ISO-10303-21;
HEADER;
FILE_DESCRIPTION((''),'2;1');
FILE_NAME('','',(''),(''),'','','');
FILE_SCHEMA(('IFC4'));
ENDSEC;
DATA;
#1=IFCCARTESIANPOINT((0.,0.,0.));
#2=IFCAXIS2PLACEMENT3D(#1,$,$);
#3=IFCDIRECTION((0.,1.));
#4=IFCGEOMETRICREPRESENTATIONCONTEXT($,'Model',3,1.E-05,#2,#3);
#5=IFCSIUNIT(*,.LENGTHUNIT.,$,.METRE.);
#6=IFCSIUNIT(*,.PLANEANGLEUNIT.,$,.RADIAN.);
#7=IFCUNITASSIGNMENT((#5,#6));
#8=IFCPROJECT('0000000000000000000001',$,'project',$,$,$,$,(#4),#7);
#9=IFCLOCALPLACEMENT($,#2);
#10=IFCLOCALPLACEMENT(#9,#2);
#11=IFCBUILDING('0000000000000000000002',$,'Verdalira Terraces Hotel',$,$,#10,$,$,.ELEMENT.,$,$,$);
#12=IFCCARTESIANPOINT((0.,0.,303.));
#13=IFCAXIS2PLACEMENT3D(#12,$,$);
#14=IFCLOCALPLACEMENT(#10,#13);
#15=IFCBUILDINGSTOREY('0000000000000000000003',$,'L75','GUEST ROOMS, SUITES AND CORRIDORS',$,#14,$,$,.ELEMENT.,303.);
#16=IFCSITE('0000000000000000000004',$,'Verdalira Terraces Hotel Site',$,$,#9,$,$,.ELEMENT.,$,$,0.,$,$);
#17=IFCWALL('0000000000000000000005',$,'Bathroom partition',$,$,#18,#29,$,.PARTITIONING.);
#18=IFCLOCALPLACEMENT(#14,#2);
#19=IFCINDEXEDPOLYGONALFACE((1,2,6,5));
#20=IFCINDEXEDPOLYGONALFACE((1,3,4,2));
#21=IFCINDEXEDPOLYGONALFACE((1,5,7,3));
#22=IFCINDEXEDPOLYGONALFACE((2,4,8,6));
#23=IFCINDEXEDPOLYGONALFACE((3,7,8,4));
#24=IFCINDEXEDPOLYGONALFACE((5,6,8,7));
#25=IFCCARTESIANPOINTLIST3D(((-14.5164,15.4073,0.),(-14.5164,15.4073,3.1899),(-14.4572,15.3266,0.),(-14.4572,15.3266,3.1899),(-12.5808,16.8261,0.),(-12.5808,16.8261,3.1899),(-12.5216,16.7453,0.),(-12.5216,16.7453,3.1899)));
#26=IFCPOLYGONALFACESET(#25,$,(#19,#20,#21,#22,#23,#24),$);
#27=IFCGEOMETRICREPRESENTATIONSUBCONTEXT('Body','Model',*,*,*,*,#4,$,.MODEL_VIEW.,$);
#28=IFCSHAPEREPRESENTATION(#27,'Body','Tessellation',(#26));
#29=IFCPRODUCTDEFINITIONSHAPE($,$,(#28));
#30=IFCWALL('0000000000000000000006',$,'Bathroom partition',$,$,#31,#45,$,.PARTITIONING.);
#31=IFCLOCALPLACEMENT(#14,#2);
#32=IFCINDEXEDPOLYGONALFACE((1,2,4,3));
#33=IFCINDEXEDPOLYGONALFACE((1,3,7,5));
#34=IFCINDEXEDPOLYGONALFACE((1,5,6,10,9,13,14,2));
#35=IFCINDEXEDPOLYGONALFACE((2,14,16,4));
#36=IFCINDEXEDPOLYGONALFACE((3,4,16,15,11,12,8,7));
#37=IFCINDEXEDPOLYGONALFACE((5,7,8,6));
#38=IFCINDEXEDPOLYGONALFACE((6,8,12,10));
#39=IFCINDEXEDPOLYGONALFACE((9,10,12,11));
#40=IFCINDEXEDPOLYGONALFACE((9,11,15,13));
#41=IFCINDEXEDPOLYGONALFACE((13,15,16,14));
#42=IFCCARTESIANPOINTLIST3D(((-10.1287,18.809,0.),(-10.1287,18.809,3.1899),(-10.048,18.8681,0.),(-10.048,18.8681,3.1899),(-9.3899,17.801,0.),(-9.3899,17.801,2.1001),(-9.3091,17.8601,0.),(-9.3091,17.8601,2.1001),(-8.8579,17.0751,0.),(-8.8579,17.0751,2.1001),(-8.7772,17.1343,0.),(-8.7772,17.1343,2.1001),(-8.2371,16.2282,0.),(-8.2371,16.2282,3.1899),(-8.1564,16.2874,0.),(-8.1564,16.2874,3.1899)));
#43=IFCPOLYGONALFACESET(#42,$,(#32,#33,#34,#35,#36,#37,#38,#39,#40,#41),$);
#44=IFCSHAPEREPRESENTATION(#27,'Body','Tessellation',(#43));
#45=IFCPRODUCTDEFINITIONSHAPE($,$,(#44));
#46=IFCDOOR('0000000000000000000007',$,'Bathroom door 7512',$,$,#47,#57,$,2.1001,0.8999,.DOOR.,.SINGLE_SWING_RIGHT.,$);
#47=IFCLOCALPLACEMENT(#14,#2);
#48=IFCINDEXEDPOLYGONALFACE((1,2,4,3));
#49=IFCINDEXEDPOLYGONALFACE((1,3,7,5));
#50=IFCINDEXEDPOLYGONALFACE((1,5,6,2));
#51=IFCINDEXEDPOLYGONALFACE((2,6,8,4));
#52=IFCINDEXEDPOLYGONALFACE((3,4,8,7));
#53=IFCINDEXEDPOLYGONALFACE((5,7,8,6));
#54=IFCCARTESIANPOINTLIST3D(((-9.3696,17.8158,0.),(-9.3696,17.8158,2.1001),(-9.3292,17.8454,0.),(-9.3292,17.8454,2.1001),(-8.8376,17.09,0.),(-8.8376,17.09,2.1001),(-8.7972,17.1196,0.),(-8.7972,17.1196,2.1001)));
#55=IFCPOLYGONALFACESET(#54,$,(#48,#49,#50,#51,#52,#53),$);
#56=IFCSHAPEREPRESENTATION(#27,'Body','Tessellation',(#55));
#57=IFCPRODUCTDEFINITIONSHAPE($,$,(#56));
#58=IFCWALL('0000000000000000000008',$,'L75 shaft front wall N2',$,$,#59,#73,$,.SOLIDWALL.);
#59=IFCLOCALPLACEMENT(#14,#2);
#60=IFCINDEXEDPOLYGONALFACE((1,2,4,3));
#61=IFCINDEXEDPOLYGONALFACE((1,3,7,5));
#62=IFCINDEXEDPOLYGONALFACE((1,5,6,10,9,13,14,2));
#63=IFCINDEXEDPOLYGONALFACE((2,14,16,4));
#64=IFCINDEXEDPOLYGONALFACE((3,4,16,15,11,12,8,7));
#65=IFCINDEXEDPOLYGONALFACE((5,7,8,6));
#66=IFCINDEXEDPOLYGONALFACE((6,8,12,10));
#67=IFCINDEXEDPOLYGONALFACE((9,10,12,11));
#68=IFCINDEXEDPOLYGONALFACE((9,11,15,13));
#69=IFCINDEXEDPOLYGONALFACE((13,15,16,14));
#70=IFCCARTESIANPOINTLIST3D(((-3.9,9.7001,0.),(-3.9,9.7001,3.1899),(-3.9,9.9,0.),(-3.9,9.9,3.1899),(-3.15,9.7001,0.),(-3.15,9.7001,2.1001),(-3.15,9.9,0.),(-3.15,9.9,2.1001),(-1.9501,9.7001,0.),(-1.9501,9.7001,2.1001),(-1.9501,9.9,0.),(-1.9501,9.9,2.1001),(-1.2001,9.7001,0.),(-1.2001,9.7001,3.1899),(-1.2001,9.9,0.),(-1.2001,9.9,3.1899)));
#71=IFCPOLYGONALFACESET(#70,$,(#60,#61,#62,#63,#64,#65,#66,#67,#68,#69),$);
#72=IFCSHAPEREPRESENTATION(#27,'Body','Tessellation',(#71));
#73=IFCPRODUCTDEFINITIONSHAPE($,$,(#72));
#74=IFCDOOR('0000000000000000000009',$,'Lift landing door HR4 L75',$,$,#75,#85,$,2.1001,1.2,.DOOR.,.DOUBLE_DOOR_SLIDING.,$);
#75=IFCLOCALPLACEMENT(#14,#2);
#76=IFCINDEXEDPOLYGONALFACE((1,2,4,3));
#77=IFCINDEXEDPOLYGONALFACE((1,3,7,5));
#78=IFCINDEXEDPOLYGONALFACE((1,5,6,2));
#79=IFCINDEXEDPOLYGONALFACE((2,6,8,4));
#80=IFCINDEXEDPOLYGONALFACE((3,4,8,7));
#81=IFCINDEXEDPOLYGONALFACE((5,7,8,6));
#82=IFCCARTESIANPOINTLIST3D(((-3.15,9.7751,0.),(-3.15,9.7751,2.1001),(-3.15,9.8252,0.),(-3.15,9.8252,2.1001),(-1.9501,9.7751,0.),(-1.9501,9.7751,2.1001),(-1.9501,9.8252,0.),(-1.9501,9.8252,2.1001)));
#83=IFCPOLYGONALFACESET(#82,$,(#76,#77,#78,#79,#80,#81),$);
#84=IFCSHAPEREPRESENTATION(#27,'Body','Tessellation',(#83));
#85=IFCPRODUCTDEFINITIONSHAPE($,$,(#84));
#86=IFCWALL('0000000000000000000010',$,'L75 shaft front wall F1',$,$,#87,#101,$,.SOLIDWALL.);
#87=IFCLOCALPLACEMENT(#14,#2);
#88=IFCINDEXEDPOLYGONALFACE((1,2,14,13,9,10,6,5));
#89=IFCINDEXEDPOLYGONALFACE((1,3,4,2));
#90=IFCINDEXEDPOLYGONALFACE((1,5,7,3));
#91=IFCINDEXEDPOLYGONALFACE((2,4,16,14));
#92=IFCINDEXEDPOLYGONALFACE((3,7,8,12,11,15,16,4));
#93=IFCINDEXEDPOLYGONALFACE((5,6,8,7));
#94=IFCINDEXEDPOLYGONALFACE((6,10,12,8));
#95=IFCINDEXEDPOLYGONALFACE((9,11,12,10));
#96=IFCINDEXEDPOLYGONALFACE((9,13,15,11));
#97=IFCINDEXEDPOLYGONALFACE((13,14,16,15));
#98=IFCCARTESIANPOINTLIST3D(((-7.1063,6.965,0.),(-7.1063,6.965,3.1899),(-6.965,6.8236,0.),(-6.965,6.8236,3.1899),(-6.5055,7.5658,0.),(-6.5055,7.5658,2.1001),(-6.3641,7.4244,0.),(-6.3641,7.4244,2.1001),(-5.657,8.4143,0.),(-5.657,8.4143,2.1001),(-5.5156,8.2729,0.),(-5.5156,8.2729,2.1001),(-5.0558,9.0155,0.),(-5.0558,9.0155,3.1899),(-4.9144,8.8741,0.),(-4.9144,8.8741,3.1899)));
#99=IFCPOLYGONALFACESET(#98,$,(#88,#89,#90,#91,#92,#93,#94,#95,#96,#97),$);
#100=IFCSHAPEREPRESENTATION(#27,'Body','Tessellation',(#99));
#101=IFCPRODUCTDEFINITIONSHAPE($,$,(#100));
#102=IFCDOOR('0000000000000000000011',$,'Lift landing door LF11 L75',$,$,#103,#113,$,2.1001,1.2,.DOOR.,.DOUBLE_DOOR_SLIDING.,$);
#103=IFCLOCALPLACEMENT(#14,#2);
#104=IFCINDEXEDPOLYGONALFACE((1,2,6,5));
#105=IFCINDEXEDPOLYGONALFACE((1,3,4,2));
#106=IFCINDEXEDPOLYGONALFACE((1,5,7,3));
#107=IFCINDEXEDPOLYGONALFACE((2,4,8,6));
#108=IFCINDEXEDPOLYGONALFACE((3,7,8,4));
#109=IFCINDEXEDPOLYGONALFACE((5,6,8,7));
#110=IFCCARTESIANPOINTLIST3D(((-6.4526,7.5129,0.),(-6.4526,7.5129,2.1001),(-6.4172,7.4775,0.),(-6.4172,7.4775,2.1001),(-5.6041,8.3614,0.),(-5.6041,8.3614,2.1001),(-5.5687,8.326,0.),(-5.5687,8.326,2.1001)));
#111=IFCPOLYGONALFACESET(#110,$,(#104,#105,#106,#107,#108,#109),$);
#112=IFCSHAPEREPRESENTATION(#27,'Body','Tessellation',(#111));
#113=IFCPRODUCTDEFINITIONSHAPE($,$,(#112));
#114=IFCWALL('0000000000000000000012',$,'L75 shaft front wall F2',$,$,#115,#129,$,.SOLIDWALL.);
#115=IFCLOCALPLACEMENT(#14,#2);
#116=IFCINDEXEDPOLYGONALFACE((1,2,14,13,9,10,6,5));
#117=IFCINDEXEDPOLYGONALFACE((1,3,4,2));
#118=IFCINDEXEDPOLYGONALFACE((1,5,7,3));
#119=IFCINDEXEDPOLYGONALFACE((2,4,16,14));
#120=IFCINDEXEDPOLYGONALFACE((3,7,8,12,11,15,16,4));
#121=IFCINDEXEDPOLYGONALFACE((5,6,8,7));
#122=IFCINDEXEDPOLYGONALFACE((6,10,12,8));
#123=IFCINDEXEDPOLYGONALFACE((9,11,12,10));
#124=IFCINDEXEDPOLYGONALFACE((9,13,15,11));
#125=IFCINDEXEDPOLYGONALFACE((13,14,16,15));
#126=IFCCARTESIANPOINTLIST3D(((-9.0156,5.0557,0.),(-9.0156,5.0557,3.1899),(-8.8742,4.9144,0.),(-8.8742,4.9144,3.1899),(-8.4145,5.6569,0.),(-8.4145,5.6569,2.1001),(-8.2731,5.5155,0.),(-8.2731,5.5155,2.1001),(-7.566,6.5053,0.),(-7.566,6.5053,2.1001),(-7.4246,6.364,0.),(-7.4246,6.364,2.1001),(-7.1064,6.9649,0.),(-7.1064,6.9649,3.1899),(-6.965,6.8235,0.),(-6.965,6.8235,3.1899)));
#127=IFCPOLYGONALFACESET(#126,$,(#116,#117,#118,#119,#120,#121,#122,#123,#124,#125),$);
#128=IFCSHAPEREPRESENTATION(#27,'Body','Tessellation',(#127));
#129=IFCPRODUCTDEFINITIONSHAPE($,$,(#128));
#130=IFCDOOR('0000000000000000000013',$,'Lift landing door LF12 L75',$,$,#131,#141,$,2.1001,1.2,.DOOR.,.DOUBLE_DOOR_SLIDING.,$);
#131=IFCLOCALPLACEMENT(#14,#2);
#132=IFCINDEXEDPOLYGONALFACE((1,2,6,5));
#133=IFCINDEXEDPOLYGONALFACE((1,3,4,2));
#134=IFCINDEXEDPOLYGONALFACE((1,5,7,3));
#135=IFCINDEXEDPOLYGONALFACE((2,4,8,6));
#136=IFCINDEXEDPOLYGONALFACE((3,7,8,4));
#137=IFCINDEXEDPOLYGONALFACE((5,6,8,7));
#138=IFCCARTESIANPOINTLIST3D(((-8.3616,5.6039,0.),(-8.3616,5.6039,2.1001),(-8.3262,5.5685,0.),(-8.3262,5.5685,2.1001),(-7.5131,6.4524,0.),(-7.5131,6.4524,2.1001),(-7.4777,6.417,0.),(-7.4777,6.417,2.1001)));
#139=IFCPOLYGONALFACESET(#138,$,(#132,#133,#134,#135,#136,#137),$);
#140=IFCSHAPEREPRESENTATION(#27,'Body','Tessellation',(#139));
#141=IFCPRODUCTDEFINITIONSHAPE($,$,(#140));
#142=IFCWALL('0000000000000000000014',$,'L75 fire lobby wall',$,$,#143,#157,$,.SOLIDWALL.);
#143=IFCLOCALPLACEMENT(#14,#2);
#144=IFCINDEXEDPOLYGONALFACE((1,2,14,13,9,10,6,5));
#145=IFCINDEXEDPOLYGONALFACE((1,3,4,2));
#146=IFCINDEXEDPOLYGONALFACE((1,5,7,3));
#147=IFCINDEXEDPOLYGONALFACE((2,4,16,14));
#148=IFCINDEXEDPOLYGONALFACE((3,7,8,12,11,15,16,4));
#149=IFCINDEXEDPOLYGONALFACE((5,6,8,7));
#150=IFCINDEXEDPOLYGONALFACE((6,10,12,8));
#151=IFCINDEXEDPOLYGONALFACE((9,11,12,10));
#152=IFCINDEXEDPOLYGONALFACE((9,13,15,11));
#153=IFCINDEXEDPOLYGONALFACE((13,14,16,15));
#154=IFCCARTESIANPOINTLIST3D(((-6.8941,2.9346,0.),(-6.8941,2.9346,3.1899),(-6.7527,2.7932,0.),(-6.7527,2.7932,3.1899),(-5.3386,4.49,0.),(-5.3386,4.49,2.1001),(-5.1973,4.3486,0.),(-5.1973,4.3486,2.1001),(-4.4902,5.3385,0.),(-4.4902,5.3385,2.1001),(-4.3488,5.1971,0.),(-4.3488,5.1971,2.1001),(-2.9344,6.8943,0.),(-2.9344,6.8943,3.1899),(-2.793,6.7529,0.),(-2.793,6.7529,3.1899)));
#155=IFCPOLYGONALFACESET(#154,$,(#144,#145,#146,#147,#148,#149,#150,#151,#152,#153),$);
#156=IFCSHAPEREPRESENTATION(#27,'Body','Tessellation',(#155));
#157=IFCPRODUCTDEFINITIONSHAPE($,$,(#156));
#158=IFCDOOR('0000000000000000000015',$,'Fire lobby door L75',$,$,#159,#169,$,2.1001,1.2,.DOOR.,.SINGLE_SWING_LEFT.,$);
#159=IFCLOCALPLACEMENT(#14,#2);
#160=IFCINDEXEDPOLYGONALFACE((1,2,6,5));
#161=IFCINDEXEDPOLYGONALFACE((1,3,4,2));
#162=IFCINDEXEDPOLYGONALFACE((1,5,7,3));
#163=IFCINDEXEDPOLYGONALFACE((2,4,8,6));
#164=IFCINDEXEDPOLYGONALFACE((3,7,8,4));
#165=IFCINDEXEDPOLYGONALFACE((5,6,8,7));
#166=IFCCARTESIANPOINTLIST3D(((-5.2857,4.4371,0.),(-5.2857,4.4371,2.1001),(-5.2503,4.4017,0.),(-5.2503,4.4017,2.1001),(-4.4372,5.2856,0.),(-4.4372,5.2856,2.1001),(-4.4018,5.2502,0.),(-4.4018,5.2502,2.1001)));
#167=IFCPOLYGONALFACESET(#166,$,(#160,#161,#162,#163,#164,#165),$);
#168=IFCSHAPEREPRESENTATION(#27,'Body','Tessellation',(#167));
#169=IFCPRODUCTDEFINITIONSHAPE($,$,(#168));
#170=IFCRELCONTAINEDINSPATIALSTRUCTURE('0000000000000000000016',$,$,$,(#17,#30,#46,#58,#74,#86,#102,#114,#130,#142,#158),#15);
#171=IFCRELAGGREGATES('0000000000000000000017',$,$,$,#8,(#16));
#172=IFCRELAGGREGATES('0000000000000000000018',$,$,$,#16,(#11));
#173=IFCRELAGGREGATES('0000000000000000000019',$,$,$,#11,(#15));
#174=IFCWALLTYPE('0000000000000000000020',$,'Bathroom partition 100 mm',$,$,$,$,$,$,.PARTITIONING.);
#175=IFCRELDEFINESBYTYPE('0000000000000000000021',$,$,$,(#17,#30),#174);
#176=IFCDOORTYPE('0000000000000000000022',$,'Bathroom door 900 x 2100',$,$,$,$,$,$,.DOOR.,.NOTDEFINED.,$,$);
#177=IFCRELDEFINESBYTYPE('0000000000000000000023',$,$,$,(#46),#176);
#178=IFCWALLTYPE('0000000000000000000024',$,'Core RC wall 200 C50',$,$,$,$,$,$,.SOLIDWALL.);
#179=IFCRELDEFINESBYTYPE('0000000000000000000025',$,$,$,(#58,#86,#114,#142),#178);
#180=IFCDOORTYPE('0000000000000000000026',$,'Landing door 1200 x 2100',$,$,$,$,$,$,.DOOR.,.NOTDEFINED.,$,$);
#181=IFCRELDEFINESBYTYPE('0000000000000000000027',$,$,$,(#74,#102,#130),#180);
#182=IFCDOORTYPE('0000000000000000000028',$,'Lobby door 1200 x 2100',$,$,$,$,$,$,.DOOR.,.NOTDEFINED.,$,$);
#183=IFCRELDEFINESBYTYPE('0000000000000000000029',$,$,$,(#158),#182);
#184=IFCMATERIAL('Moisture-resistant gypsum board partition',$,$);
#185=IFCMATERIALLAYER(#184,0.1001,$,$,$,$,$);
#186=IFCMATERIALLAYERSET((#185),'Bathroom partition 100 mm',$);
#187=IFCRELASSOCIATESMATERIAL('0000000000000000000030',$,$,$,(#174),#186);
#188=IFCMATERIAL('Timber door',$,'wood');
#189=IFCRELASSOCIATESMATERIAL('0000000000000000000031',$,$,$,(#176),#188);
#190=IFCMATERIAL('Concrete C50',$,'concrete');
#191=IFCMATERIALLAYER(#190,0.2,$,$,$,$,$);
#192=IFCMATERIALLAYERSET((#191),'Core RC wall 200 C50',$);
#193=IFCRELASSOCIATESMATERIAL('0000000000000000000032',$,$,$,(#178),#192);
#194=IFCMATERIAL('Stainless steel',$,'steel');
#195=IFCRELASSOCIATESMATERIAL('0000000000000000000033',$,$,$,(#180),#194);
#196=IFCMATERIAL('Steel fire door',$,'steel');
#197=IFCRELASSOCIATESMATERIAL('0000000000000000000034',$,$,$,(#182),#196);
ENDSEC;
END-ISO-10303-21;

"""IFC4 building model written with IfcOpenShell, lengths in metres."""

from ifc_helpers import new_model, si_unit, direction, frame, frame_2d, origin, place, context, subcontext, project, spatial, rectangle, extrude, material, layer, layer_set, type_object, element, fill, save


model = new_model("IFC4")

# Units and contexts
model_context = context("Model", 3, precision=1e-05, world=origin(), true_north=direction((0.0, 1.0)))
body_context = subcontext(model_context, "Body", "Model", "MODEL_VIEW")
ifc_project = project(units=[si_unit("LENGTHUNIT", "METRE"), si_unit("PLANEANGLEUNIT", "RADIAN")], contexts=[model_context])

# Site, building, storey
site_placement = place(None, origin())
site = spatial("IfcSite", under=ifc_project, at=site_placement, Name="Verdalira Terraces Hotel Site", CompositionType="ELEMENT", RefElevation=0.0)
building_placement = place(site_placement, origin())
building = spatial("IfcBuilding", under=site, at=building_placement, Name="Verdalira Terraces Hotel", CompositionType="ELEMENT")
storey_placement = place(building_placement, frame((0.0, 0.0, 303.0)))
storey = spatial("IfcBuildingStorey", under=building, at=storey_placement, Name="L75", Description="GUEST ROOMS, SUITES AND CORRIDORS", CompositionType="ELEMENT", Elevation=303.0)

# Wall
ifc_material_1 = material(Name="Moisture-resistant gypsum board partition")
ifc_layer_1 = layer(ifc_material_1, 0.1001)
ifc_layer_set_1 = layer_set([ifc_layer_1], Name="Bathroom partition 100 mm")
wall_type_1 = type_object("IfcWallType", Name="Bathroom partition 100 mm", PredefinedType="PARTITIONING", material=ifc_layer_set_1)
wall_1_placement = place(storey_placement, frame((-14.4868, 15.3669, 0.0), z_axis=(0.0, 0.0, 1.0), x_axis=(0.806544, 0.591174, 0.0)))
element("IfcWall", 1, at=wall_1_placement, inside=storey, type_object=wall_type_1, Name="Bathroom partition", PredefinedType="PARTITIONING", context=body_context, shape_type="SweptSolid", body=[
    extrude(rectangle(XDim=2.3999, YDim=0.1001, at=frame_2d((1.2, 0.0))), origin(), (0.0, 0.0, 1.0), 3.1899),
])

# Walls, openings, doors
wall_2_placement = place(storey_placement, frame((-8.1968, 16.2578, 0.0), z_axis=(0.0, 0.0, 1.0), x_axis=(-0.591162, 0.806553, 0.0)))
wall_2 = element("IfcWall", 2, at=wall_2_placement, inside=storey, type_object=wall_type_1, Name="Bathroom partition", PredefinedType="PARTITIONING", context=body_context, shape_type="SweptSolid", body=[
    extrude(rectangle(XDim=3.1997, YDim=0.1001, at=frame_2d((1.5999, 0.0))), origin(), (0.0, 0.0, 1.0), 3.1899),
])
opening_1_placement = place(wall_2_placement, frame((1.05, 0.0, 0.0)))
opening_1 = element("IfcOpeningElement", 3, at=opening_1_placement, cuts=wall_2, PredefinedType="OPENING", context=body_context, shape_type="SweptSolid", body=[
    extrude(rectangle(XDim=0.8999, YDim=2.1001, at=frame_2d((0.45, 1.05))), frame((0.0, 0.0601, 0.0), z_axis=(0.0, -1.0, 0.0), x_axis=(1.0, 0.0, 0.0)), (0.0, 0.0, 1.0), 0.1201),
])
ifc_material_2 = material(Name="Timber door", Category="wood")
door_type_1 = type_object("IfcDoorType", Name="Bathroom door 900 x 2100", OperationType="NOTDEFINED", PredefinedType="DOOR", material=ifc_material_2)
door_1_placement = place(opening_1_placement, origin())
door_1 = element("IfcDoor", 4, at=door_1_placement, inside=storey, type_object=door_type_1, Name="Bathroom door 7512", OperationType="SINGLE_SWING_RIGHT", OverallHeight=2.1001, OverallWidth=0.8999, PredefinedType="DOOR", context=body_context, shape_type="SweptSolid", body=[
    extrude(rectangle(XDim=0.8999, YDim=2.1001, at=frame_2d((0.45, 1.05))), frame((0.0, 0.0249, 0.0), z_axis=(0.0, -1.0, 0.0), x_axis=(1.0, 0.0, 0.0)), (0.0, 0.0, 1.0), 0.05),
])
fill(opening_1, door_1)
ifc_material_3 = material(Name="Concrete C50", Category="concrete")
ifc_layer_2 = layer(ifc_material_3, 0.2)
ifc_layer_set_2 = layer_set([ifc_layer_2], Name="Core RC wall 200 C50")
wall_type_2 = type_object("IfcWallType", Name="Core RC wall 200 C50", PredefinedType="SOLIDWALL", material=ifc_layer_set_2)
wall_3_placement = place(storey_placement, frame((-1.2, 9.8, 0.0), z_axis=(0.0, 0.0, 1.0), x_axis=(-1.0, 0.0, 0.0)))
wall_3 = element("IfcWall", 5, at=wall_3_placement, inside=storey, type_object=wall_type_2, Name="L75 shaft front wall N2", PredefinedType="SOLIDWALL", context=body_context, shape_type="SweptSolid", body=[
    extrude(rectangle(XDim=2.7, YDim=0.2, at=frame_2d((1.3501, 0.0))), origin(), (0.0, 0.0, 1.0), 3.1899),
])
opening_2_placement = place(wall_3_placement, frame((0.75, 0.0, 0.0)))
opening_2 = element("IfcOpeningElement", 6, at=opening_2_placement, cuts=wall_3, PredefinedType="OPENING", context=body_context, shape_type="SweptSolid", body=[
    extrude(rectangle(XDim=1.2, YDim=2.1001, at=frame_2d((0.6001, 1.05))), frame((0.0, 0.1099, 0.0), z_axis=(0.0, -1.0, 0.0), x_axis=(1.0, 0.0, 0.0)), (0.0, 0.0, 1.0), 0.22),
])
ifc_material_4 = material(Name="Stainless steel", Category="steel")
door_type_2 = type_object("IfcDoorType", Name="Landing door 1200 x 2100", OperationType="NOTDEFINED", PredefinedType="DOOR", material=ifc_material_4)
door_2_placement = place(opening_2_placement, origin())
door_2 = element("IfcDoor", 7, at=door_2_placement, inside=storey, type_object=door_type_2, Name="Lift landing door HR4 L75", OperationType="DOUBLE_DOOR_SLIDING", OverallHeight=2.1001, OverallWidth=1.2, PredefinedType="DOOR", context=body_context, shape_type="SweptSolid", body=[
    extrude(rectangle(XDim=1.2, YDim=2.1001, at=frame_2d((0.6001, 1.05))), frame((0.0, 0.0249, 0.0), z_axis=(0.0, -1.0, 0.0), x_axis=(1.0, 0.0, 0.0)), (0.0, 0.0, 1.0), 0.05),
])
fill(opening_2, door_2)
wall_4_placement = place(storey_placement, frame((-4.9851, 8.9448, 0.0), z_axis=(0.0, 0.0, 1.0), x_axis=(-0.707107, -0.707107, 0.0)))
wall_4 = element("IfcWall", 8, at=wall_4_placement, inside=storey, type_object=wall_type_2, Name="L75 shaft front wall F1", PredefinedType="SOLIDWALL", context=body_context, shape_type="SweptSolid", body=[
    extrude(rectangle(XDim=2.8999, YDim=0.2, at=frame_2d((1.45, 0.0))), origin(), (0.0, 0.0, 1.0), 3.1899),
])
opening_3_placement = place(wall_4_placement, frame((0.8501, 0.0, 0.0)))
opening_3 = element("IfcOpeningElement", 9, at=opening_3_placement, cuts=wall_4, PredefinedType="OPENING", context=body_context, shape_type="SweptSolid", body=[
    extrude(rectangle(XDim=1.2, YDim=2.1001, at=frame_2d((0.6001, 1.05))), frame((0.0, 0.1099, 0.0), z_axis=(0.0, -1.0, 0.0), x_axis=(1.0, 0.0, 0.0)), (0.0, 0.0, 1.0), 0.22),
])
door_3_placement = place(opening_3_placement, origin())
door_3 = element("IfcDoor", 10, at=door_3_placement, inside=storey, type_object=door_type_2, Name="Lift landing door LF11 L75", OperationType="DOUBLE_DOOR_SLIDING", OverallHeight=2.1001, OverallWidth=1.2, PredefinedType="DOOR", context=body_context, shape_type="SweptSolid", body=[
    extrude(rectangle(XDim=1.2, YDim=2.1001, at=frame_2d((0.6001, 1.05))), frame((0.0, 0.0249, 0.0), z_axis=(0.0, -1.0, 0.0), x_axis=(1.0, 0.0, 0.0)), (0.0, 0.0, 1.0), 0.05),
])
fill(opening_3, door_3)
wall_5_placement = place(storey_placement, frame((-7.0356, 6.8943, 0.0), z_axis=(0.0, 0.0, 1.0), x_axis=(-0.707107, -0.707107, 0.0)))
wall_5 = element("IfcWall", 11, at=wall_5_placement, inside=storey, type_object=wall_type_2, Name="L75 shaft front wall F2", PredefinedType="SOLIDWALL", context=body_context, shape_type="SweptSolid", body=[
    extrude(rectangle(XDim=2.7, YDim=0.2, at=frame_2d((1.3501, 0.0))), origin(), (0.0, 0.0, 1.0), 3.1899),
])
opening_4_placement = place(wall_5_placement, frame((0.6499, 0.0, 0.0)))
opening_4 = element("IfcOpeningElement", 12, at=opening_4_placement, cuts=wall_5, PredefinedType="OPENING", context=body_context, shape_type="SweptSolid", body=[
    extrude(rectangle(XDim=1.2, YDim=2.1001, at=frame_2d((0.6001, 1.05))), frame((0.0, 0.1099, 0.0), z_axis=(0.0, -1.0, 0.0), x_axis=(1.0, 0.0, 0.0)), (0.0, 0.0, 1.0), 0.22),
])
door_4_placement = place(opening_4_placement, origin())
door_4 = element("IfcDoor", 13, at=door_4_placement, inside=storey, type_object=door_type_2, Name="Lift landing door LF12 L75", OperationType="DOUBLE_DOOR_SLIDING", OverallHeight=2.1001, OverallWidth=1.2, PredefinedType="DOOR", context=body_context, shape_type="SweptSolid", body=[
    extrude(rectangle(XDim=1.2, YDim=2.1001, at=frame_2d((0.6001, 1.05))), frame((0.0, 0.0249, 0.0), z_axis=(0.0, -1.0, 0.0), x_axis=(1.0, 0.0, 0.0)), (0.0, 0.0, 1.0), 0.05),
])
fill(opening_4, door_4)
wall_6_placement = place(storey_placement, frame((-2.8638, 6.8235, 0.0), z_axis=(0.0, 0.0, 1.0), x_axis=(-0.707107, -0.707107, 0.0)))
wall_6 = element("IfcWall", 14, at=wall_6_placement, inside=storey, type_object=wall_type_2, Name="L75 fire lobby wall", PredefinedType="SOLIDWALL", context=body_context, shape_type="SweptSolid", body=[
    extrude(rectangle(XDim=5.5999, YDim=0.2, at=frame_2d((2.7998, 0.0))), origin(), (0.0, 0.0, 1.0), 3.1899),
])
opening_5_placement = place(wall_6_placement, frame((2.2, 0.0, 0.0)))
opening_5 = element("IfcOpeningElement", 15, at=opening_5_placement, cuts=wall_6, PredefinedType="OPENING", context=body_context, shape_type="SweptSolid", body=[
    extrude(rectangle(XDim=1.2, YDim=2.1001, at=frame_2d((0.6001, 1.05))), frame((0.0, 0.1099, 0.0), z_axis=(0.0, -1.0, 0.0), x_axis=(1.0, 0.0, 0.0)), (0.0, 0.0, 1.0), 0.22),
])
ifc_material_5 = material(Name="Steel fire door", Category="steel")
door_type_3 = type_object("IfcDoorType", Name="Lobby door 1200 x 2100", OperationType="NOTDEFINED", PredefinedType="DOOR", material=ifc_material_5)
door_5_placement = place(opening_5_placement, origin())
door_5 = element("IfcDoor", 16, at=door_5_placement, inside=storey, type_object=door_type_3, Name="Fire lobby door L75", OperationType="SINGLE_SWING_LEFT", OverallHeight=2.1001, OverallWidth=1.2, PredefinedType="DOOR", context=body_context, shape_type="SweptSolid", body=[
    extrude(rectangle(XDim=1.2, YDim=2.1001, at=frame_2d((0.6001, 1.05))), frame((0.0, 0.0249, 0.0), z_axis=(0.0, -1.0, 0.0), x_axis=(1.0, 0.0, 0.0)), (0.0, 0.0, 1.0), 0.05),
])
fill(opening_5, door_5)

save(model, "model.ifc")
